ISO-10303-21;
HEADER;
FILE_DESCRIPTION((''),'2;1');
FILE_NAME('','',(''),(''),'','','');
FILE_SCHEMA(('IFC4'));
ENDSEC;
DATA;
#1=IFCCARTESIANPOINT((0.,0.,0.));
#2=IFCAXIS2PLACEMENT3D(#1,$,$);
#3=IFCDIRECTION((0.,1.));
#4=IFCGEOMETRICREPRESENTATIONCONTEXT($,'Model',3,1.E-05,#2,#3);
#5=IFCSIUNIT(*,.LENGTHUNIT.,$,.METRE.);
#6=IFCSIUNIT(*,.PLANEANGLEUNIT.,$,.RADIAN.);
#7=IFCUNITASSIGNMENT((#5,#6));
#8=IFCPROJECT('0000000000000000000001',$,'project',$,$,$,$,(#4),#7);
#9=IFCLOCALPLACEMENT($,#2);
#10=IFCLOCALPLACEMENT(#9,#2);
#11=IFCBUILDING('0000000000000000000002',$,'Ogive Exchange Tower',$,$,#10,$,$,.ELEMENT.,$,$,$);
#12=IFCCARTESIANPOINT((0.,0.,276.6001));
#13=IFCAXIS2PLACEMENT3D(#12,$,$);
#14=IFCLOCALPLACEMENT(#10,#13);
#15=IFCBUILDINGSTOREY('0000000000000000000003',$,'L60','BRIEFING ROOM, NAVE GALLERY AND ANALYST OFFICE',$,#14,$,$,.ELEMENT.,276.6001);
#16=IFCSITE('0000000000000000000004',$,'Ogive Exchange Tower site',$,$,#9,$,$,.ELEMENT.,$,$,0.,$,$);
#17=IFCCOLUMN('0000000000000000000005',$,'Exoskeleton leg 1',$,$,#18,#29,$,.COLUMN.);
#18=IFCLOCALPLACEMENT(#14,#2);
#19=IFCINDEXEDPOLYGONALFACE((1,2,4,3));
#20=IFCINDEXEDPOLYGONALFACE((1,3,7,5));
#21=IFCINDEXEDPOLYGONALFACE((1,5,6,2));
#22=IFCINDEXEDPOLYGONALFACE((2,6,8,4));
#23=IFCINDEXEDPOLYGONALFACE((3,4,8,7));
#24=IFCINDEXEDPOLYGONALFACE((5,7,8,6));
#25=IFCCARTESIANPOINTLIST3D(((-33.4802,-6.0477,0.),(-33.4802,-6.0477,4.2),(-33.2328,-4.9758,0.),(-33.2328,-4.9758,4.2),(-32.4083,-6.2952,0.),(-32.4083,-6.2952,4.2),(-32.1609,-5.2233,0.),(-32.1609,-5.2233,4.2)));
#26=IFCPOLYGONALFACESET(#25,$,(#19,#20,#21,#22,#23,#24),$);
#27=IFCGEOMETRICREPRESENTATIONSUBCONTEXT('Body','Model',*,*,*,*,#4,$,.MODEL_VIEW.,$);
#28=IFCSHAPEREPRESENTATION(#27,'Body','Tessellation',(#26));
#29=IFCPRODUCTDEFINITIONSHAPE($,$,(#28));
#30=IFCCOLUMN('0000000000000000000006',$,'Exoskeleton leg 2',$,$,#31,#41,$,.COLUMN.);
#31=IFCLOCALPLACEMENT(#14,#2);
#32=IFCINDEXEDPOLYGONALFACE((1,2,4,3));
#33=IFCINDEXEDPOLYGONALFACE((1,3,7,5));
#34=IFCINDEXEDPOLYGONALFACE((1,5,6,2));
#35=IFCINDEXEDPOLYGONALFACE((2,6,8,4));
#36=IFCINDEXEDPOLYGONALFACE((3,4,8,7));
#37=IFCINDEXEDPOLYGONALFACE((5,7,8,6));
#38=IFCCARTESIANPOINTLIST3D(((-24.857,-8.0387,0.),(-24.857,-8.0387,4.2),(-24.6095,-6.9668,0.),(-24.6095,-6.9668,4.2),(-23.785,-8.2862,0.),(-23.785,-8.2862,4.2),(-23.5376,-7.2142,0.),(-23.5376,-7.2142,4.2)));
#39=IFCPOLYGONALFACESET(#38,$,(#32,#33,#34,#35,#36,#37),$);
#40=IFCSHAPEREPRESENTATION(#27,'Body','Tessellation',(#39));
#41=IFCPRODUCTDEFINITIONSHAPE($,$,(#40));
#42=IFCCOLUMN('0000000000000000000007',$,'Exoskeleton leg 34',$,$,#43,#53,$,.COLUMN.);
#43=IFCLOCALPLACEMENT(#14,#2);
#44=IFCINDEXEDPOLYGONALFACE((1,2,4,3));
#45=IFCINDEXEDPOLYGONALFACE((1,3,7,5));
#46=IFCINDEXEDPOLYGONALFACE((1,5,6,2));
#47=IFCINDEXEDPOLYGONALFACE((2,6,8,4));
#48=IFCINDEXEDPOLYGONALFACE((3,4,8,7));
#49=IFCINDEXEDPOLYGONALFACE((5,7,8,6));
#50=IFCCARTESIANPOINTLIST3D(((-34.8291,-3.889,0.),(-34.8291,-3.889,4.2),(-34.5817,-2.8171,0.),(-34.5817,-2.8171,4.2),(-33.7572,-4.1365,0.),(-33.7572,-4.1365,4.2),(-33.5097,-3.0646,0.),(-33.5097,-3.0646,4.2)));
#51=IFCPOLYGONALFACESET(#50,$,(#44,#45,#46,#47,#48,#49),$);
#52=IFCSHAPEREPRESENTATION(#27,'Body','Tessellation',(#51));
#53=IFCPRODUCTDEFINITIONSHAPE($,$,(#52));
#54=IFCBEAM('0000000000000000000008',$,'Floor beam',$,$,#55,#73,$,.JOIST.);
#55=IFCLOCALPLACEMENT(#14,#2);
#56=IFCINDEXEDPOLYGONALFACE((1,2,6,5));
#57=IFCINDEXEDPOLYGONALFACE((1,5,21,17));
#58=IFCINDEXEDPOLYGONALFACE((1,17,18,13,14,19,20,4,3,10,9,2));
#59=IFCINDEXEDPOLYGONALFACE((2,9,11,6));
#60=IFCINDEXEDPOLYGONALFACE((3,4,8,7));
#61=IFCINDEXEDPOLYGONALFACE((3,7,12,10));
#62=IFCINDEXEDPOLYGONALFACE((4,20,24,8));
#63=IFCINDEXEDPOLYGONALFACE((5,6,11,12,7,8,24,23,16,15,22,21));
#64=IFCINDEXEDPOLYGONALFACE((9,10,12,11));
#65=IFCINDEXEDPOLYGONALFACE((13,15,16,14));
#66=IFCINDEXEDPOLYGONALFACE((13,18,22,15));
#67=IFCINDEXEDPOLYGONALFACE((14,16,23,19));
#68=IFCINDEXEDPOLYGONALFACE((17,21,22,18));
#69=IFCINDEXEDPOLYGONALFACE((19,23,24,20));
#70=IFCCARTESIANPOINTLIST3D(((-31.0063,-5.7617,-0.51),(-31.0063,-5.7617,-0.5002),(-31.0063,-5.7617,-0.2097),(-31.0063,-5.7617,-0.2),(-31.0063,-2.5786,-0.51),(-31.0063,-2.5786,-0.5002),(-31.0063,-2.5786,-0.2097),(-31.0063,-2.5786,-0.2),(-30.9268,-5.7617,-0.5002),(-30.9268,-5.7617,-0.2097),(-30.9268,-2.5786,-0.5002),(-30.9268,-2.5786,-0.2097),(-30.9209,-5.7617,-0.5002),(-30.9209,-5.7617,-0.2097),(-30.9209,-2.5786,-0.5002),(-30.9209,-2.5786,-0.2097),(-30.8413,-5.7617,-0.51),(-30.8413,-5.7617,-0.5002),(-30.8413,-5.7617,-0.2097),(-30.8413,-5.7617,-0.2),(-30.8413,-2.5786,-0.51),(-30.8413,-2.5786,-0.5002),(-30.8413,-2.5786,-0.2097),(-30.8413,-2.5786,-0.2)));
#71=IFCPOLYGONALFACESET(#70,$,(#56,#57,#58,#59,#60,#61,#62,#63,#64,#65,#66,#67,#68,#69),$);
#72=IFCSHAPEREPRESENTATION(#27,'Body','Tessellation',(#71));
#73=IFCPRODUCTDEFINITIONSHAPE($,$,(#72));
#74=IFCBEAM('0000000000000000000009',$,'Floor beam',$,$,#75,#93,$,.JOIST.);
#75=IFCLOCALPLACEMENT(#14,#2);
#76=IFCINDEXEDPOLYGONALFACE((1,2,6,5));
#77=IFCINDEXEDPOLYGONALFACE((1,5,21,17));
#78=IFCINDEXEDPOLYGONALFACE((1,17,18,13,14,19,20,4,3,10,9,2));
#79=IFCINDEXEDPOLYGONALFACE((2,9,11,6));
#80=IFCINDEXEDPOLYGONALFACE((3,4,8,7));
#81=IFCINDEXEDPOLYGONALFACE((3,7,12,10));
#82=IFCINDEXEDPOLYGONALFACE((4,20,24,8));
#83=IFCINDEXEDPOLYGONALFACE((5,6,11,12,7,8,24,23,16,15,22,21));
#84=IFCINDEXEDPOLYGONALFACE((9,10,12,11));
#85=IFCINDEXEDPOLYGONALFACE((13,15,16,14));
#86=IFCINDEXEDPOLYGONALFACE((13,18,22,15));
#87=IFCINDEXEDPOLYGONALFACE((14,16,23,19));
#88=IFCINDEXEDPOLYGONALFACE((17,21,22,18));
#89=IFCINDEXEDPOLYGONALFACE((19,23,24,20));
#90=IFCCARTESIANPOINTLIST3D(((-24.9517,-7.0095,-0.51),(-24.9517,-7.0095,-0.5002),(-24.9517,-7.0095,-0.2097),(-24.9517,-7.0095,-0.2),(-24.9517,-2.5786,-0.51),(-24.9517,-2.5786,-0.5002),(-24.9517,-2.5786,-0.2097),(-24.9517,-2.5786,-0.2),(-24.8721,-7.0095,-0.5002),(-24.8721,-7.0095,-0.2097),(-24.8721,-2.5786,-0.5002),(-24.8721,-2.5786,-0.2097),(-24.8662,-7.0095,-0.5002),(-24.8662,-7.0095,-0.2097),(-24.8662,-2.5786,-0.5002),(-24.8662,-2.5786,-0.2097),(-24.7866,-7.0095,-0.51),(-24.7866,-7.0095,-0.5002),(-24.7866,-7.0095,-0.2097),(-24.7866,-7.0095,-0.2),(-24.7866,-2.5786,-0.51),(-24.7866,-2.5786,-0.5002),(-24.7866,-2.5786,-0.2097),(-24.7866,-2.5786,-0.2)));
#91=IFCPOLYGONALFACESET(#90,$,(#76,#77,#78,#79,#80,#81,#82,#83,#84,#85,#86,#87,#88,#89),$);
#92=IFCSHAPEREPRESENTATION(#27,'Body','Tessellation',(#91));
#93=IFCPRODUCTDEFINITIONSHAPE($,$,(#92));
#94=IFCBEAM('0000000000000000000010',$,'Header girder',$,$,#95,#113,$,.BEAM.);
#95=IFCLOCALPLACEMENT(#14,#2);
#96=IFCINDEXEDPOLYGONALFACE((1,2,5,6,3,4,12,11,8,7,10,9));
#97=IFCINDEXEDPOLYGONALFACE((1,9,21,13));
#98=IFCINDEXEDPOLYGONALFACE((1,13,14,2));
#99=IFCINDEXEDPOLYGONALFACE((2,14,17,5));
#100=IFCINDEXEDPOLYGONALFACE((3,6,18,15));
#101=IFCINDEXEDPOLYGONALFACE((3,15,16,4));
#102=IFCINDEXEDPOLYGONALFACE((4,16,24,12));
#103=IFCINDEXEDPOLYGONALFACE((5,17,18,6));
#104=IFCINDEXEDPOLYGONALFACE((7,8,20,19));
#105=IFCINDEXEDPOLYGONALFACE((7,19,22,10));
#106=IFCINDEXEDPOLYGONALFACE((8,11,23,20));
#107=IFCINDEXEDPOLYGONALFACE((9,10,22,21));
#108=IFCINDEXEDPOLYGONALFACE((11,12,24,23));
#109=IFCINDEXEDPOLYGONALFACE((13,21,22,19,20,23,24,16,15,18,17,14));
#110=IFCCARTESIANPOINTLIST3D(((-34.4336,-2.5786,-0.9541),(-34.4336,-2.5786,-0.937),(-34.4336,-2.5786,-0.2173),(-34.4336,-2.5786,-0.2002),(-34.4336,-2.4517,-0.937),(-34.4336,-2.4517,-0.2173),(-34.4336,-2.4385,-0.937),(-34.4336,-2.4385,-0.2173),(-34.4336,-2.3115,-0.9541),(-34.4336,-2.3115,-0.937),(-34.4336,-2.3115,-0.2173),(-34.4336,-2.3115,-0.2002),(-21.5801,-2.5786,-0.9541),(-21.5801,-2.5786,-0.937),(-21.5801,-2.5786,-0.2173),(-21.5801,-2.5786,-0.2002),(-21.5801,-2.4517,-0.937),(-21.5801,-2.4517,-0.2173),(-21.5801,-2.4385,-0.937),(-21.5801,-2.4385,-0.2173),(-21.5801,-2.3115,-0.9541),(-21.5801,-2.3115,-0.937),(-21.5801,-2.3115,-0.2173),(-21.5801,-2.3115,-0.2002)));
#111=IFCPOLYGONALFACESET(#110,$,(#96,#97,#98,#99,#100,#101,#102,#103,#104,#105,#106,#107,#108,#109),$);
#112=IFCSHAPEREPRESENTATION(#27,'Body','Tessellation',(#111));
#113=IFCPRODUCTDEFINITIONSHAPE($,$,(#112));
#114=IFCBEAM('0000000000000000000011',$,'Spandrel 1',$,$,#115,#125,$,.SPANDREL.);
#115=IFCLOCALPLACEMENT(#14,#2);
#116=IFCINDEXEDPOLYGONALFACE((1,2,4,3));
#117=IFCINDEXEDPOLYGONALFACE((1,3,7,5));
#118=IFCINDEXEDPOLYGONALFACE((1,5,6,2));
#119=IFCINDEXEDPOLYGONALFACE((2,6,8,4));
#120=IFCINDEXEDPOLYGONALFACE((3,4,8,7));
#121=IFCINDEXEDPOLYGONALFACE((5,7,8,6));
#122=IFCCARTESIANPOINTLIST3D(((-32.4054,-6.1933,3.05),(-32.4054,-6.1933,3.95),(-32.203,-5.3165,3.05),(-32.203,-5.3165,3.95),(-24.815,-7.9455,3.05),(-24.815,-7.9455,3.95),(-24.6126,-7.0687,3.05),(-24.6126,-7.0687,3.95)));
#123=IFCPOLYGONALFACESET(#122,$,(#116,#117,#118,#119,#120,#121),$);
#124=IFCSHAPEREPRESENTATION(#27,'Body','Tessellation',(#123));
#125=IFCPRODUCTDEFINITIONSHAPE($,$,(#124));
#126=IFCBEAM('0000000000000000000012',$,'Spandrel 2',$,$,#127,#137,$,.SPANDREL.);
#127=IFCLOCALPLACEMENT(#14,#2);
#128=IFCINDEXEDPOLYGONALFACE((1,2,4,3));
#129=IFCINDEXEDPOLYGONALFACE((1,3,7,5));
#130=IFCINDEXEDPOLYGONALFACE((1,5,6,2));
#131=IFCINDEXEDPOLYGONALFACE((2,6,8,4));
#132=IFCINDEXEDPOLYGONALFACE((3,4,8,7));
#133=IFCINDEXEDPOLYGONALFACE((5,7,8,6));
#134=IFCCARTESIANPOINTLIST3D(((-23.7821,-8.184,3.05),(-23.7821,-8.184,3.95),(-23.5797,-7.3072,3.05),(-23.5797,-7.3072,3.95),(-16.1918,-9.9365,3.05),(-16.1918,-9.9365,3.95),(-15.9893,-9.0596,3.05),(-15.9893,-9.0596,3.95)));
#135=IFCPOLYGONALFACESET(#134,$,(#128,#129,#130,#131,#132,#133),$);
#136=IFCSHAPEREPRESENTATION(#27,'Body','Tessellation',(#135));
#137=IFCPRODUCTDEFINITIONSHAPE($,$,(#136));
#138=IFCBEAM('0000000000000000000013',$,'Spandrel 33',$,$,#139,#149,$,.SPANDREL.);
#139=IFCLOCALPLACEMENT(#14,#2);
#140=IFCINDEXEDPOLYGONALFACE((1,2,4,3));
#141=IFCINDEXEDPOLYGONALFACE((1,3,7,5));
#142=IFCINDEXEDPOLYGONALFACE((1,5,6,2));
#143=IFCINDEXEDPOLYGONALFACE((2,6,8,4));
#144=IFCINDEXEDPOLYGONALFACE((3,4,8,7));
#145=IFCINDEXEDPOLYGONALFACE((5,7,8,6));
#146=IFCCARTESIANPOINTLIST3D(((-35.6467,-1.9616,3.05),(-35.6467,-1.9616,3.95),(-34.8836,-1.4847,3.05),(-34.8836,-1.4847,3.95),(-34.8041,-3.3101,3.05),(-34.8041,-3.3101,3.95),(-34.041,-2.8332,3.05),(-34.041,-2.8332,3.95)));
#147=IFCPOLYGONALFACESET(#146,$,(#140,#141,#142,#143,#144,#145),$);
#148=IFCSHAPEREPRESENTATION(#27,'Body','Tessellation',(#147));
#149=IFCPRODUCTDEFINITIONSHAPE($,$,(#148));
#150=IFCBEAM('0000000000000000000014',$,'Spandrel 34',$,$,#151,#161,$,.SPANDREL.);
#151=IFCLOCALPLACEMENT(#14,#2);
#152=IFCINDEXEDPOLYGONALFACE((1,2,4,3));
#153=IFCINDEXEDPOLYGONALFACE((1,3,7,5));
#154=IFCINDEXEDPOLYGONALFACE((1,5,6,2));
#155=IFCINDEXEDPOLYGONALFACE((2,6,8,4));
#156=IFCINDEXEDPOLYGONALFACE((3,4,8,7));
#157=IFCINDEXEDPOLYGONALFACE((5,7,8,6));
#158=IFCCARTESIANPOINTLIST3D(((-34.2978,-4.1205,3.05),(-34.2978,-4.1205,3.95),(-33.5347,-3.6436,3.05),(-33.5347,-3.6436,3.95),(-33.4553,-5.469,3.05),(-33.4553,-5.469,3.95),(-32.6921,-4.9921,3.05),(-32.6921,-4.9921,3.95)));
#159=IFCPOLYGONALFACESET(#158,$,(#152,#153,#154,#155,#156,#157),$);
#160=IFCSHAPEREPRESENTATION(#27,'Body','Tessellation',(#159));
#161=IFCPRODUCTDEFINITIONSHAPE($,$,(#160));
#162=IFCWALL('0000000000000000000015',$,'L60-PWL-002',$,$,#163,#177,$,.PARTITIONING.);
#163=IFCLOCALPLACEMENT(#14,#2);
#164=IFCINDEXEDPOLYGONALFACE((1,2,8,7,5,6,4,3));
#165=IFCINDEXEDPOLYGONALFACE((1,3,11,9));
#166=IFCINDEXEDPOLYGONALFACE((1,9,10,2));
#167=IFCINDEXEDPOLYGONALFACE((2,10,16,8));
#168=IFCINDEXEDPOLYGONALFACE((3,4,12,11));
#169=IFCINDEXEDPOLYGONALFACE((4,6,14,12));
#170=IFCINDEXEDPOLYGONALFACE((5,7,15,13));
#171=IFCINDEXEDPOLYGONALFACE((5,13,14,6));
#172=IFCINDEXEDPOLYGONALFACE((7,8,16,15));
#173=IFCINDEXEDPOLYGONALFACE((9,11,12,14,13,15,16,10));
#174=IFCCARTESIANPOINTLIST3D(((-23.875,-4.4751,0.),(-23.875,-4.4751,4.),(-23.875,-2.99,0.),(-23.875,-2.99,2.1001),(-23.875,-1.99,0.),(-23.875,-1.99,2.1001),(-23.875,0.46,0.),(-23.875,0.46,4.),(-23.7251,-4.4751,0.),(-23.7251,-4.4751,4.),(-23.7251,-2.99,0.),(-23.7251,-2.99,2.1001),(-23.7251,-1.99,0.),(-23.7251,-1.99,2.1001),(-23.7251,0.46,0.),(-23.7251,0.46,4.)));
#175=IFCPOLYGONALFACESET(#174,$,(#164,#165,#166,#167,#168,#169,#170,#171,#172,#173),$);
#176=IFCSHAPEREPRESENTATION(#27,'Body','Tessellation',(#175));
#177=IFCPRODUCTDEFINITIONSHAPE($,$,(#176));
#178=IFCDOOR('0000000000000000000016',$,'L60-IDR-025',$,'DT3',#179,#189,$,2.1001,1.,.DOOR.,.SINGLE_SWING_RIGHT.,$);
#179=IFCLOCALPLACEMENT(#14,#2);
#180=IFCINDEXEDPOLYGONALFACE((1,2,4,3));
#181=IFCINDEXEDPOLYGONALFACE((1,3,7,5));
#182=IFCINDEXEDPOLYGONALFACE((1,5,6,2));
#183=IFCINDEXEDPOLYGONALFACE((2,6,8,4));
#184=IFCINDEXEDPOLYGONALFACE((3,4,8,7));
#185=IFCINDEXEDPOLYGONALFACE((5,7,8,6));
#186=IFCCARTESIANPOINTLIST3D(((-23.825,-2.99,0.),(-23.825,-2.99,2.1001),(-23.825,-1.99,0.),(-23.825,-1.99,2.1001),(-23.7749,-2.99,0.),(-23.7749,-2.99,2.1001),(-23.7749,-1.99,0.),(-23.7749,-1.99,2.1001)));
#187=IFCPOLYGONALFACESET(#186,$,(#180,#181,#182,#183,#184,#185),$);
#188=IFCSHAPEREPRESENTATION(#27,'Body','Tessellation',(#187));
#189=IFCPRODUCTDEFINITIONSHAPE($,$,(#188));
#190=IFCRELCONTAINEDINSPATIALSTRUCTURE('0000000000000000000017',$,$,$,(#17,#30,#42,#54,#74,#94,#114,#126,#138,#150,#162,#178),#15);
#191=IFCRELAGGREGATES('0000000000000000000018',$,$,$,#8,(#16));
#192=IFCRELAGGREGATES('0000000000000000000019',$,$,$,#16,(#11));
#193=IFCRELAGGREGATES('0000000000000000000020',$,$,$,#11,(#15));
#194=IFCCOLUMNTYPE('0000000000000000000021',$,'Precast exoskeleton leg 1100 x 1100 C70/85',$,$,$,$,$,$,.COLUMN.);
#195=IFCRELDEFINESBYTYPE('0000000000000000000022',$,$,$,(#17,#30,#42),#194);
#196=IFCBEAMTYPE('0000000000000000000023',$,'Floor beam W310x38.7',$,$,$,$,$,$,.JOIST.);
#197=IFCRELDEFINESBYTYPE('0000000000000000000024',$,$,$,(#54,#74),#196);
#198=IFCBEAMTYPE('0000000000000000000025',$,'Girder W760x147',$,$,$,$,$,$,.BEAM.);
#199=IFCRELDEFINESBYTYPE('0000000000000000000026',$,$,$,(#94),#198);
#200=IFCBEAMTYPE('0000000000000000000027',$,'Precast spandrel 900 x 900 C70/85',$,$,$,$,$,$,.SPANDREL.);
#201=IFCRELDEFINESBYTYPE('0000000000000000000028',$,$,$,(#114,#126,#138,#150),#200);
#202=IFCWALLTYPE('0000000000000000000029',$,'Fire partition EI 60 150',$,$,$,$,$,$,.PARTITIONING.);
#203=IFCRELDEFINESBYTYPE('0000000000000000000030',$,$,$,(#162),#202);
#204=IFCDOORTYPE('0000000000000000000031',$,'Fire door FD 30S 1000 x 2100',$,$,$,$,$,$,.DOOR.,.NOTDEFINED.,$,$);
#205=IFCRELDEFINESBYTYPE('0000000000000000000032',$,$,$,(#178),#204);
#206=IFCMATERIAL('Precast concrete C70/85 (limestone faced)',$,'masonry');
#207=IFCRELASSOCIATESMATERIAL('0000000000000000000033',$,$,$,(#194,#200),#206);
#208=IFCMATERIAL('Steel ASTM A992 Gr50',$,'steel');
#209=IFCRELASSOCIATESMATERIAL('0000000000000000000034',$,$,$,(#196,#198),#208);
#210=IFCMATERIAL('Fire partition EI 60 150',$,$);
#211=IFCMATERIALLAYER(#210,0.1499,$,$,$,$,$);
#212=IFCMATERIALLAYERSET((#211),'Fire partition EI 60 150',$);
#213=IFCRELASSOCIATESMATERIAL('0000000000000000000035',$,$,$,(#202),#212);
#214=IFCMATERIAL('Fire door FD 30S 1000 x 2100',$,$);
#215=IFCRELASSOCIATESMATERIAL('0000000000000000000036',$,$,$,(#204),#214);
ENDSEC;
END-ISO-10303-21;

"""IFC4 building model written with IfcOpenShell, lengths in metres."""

from ifc_helpers import new_model, si_unit, direction, frame, frame_2d, origin, origin_2d, place, context, subcontext, project, spatial, rectangle, i_section, extrude, material, layer, layer_set, material_profile, profile_set, type_object, element, fill, save


model = new_model("IFC4")

# Units and contexts
model_context = context("Model", 3, precision=1e-05, world=origin(), true_north=direction((0.0, 1.0)))
body_context = subcontext(model_context, "Body", "Model", "MODEL_VIEW")
ifc_project = project(units=[si_unit("LENGTHUNIT", "METRE"), si_unit("PLANEANGLEUNIT", "RADIAN")], contexts=[model_context])

# Site, building, storey
site_placement = place(None, origin())
site = spatial("IfcSite", under=ifc_project, at=site_placement, Name="Ogive Exchange Tower site", CompositionType="ELEMENT", RefElevation=0.0)
building_placement = place(site_placement, origin())
building = spatial("IfcBuilding", under=site, at=building_placement, Name="Ogive Exchange Tower", CompositionType="ELEMENT")
storey_placement = place(building_placement, frame((0.0, 0.0, 276.6001)))
storey = spatial("IfcBuildingStorey", under=building, at=storey_placement, Name="L60", Description="BRIEFING ROOM, NAVE GALLERY AND ANALYST OFFICE", CompositionType="ELEMENT", Elevation=276.6001)

# Columns
ifc_material_1 = material(Name="Precast concrete C70/85 (limestone faced)", Category="masonry")
ifc_material_profile_1 = material_profile(ifc_material_1, rectangle(XDim=1.1001, YDim=1.1001, at=origin_2d()), Name="1100 x 1100")
ifc_profile_set_1 = profile_set([ifc_material_profile_1], Name="Precast concrete C70/85 (limestone faced)")
column_type = type_object("IfcColumnType", Name="Precast exoskeleton leg 1100 x 1100 C70/85", PredefinedType="COLUMN", material=ifc_profile_set_1)
for number, where, z_axis, x_axis, name in (
    (1, (-32.8206, -5.6355, 0.0), (0.0, 0.0, 1.0), (0.97437, -0.224951, 0.0), "Exoskeleton leg 1"),
    (2, (-24.1973, -7.6265, 0.0), (0.0, 0.0, 1.0), (0.97437, -0.224951, 0.0), "Exoskeleton leg 2"),
    (3, (-34.1694, -3.4768, 0.0), (0.0, 0.0, 1.0), (0.97437, -0.224951, 0.0), "Exoskeleton leg 34"),
):
    element("IfcColumn", number, at=place(storey_placement, frame(where, z_axis=z_axis, x_axis=x_axis)), inside=storey, type_object=column_type, Name=name, PredefinedType="COLUMN", context=body_context, shape_type="SweptSolid", body=[
        extrude(rectangle(XDim=1.1001, YDim=1.1001, at=origin_2d()), origin(), (0.0, 0.0, 1.0), 4.2),
    ])

# Beams
ifc_material_2 = material(Name="Steel ASTM A992 Gr50", Category="steel")
ifc_material_profile_2 = material_profile(ifc_material_2, i_section(OverallWidth=0.165, OverallDepth=0.3101, WebThickness=0.0059, FlangeThickness=0.0098, at=origin_2d()), Name="W310x38.7")
ifc_profile_set_2 = profile_set([ifc_material_profile_2], Name="Steel ASTM A992 Gr50")
beam_type_1 = type_object("IfcBeamType", Name="Floor beam W310x38.7", PredefinedType="JOIST", material=ifc_profile_set_2)
beam_1_placement = place(storey_placement, frame((-30.9238, -5.7617, -0.355), z_axis=(0.0, 1.0, 0.0), x_axis=(-1.0, 0.0, 0.0)))
element("IfcBeam", 4, at=beam_1_placement, inside=storey, type_object=beam_type_1, Name="Floor beam", PredefinedType="JOIST", context=body_context, shape_type="SweptSolid", body=[
    extrude(i_section(OverallWidth=0.165, OverallDepth=0.3101, WebThickness=0.0059, FlangeThickness=0.0098, at=origin_2d()), origin(), (0.0, 0.0, 1.0), 3.1831),
])
beam_2_placement = place(storey_placement, frame((-24.8691, -7.0095, -0.355), z_axis=(0.0, 1.0, 0.0), x_axis=(-1.0, 0.0, 0.0)))
element("IfcBeam", 5, at=beam_2_placement, inside=storey, type_object=beam_type_1, Name="Floor beam", PredefinedType="JOIST", context=body_context, shape_type="SweptSolid", body=[
    extrude(i_section(OverallWidth=0.165, OverallDepth=0.3101, WebThickness=0.0059, FlangeThickness=0.0098, at=origin_2d()), origin(), (0.0, 0.0, 1.0), 4.4309),
])
ifc_material_profile_3 = material_profile(ifc_material_2, i_section(OverallWidth=0.2671, OverallDepth=0.7539, WebThickness=0.0132, FlangeThickness=0.0171, at=origin_2d()), Name="W760x147")
ifc_profile_set_3 = profile_set([ifc_material_profile_3], Name="Steel ASTM A992 Gr50")
beam_type_2 = type_object("IfcBeamType", Name="Girder W760x147", PredefinedType="BEAM", material=ifc_profile_set_3)
beam_3_placement = place(storey_placement, frame((-34.4336, -2.4451, -0.5771), z_axis=(1.0, 0.0, 0.0), x_axis=(0.0, 1.0, 0.0)))
element("IfcBeam", 6, at=beam_3_placement, inside=storey, type_object=beam_type_2, Name="Header girder", PredefinedType="BEAM", context=body_context, shape_type="SweptSolid", body=[
    extrude(i_section(OverallWidth=0.2671, OverallDepth=0.7539, WebThickness=0.0132, FlangeThickness=0.0171, at=origin_2d()), origin(), (0.0, 0.0, 1.0), 12.8535),
])
ifc_material_profile_4 = material_profile(ifc_material_1, rectangle(XDim=0.8999, YDim=0.8999, at=origin_2d()), Name="900 x 900")
ifc_profile_set_4 = profile_set([ifc_material_profile_4], Name="Precast concrete C70/85 (limestone faced)")
beam_type_3 = type_object("IfcBeamType", Name="Precast spandrel 900 x 900 C70/85", PredefinedType="SPANDREL", material=ifc_profile_set_4)
for number, where, z_axis, x_axis, name in (
    (7, (-32.3042, -5.7549, 3.5), (0.974375, -0.22493, 0.0), (0.22493, 0.974375, 0.0), "Spandrel 1"),
    (8, (-23.6809, -7.7456, 3.5), (0.974368, -0.22496, 0.0), (0.22496, 0.974368, 0.0), "Spandrel 2"),
):
    element("IfcBeam", number, at=place(storey_placement, frame(where, z_axis=z_axis, x_axis=x_axis)), inside=storey, type_object=beam_type_3, Name=name, PredefinedType="SPANDREL", context=body_context, shape_type="SweptSolid", body=[
        extrude(rectangle(XDim=0.8999, YDim=0.8999, at=origin_2d()), origin(), (0.0, 0.0, 1.0), 7.79),
    ])
for number, where, z_axis, x_axis, name in (
    (9, (-35.2651, -1.7231, 3.5), (0.529902, -0.848059, 0.0), (0.848059, 0.529902, 0.0), "Spandrel 33"),
    (10, (-33.9163, -3.8821, 3.5), (0.529902, -0.848059, 0.0), (0.848059, 0.529902, 0.0), "Spandrel 34"),
):
    element("IfcBeam", number, at=place(storey_placement, frame(where, z_axis=z_axis, x_axis=x_axis)), inside=storey, type_object=beam_type_3, Name=name, PredefinedType="SPANDREL", context=body_context, shape_type="SweptSolid", body=[
        extrude(rectangle(XDim=0.8999, YDim=0.8999, at=origin_2d()), origin(), (0.0, 0.0, 1.0), 1.5901),
    ])

# Wall, opening, door
ifc_material_3 = material(Name="Fire partition EI 60 150")
ifc_layer_1 = layer(ifc_material_3, 0.1499)
ifc_layer_set_1 = layer_set([ifc_layer_1], Name="Fire partition EI 60 150")
wall_type_1 = type_object("IfcWallType", Name="Fire partition EI 60 150", PredefinedType="PARTITIONING", material=ifc_layer_set_1)
wall_1_placement = place(storey_placement, frame((-23.8, -4.4751, 0.0), z_axis=(0.0, 0.0, 1.0), x_axis=(0.0, 1.0, 0.0)))
wall_1 = element("IfcWall", 11, at=wall_1_placement, inside=storey, type_object=wall_type_1, Name="L60-PWL-002", PredefinedType="PARTITIONING", context=body_context, shape_type="SweptSolid", body=[
    extrude(rectangle(XDim=4.9351, YDim=0.1499, at=frame_2d((2.4675, 0.0))), origin(), (0.0, 0.0, 1.0), 4.0),
])
opening_1_placement = place(wall_1_placement, frame((1.4851, 0.0, 0.0)))
opening_1 = element("IfcOpeningElement", 12, at=opening_1_placement, cuts=wall_1, PredefinedType="OPENING", context=body_context, shape_type="SweptSolid", body=[
    extrude(rectangle(XDim=1.0, YDim=2.1001, at=frame_2d((0.5, 1.05))), frame((0.0, 0.085, 0.0), z_axis=(0.0, -1.0, 0.0), x_axis=(1.0, 0.0, 0.0)), (0.0, 0.0, 1.0), 0.1699),
])
ifc_material_4 = material(Name="Fire door FD 30S 1000 x 2100")
door_type_1 = type_object("IfcDoorType", Name="Fire door FD 30S 1000 x 2100", OperationType="NOTDEFINED", PredefinedType="DOOR", material=ifc_material_4)
door_1_placement = place(opening_1_placement, origin())
door_1 = element("IfcDoor", 13, at=door_1_placement, inside=storey, type_object=door_type_1, Name="L60-IDR-025", ObjectType="DT3", OperationType="SINGLE_SWING_RIGHT", OverallHeight=2.1001, OverallWidth=1.0, PredefinedType="DOOR", context=body_context, shape_type="SweptSolid", body=[
    extrude(rectangle(XDim=1.0, YDim=2.1001, at=frame_2d((0.5, 1.05))), frame((0.0, 0.0249, 0.0), z_axis=(0.0, -1.0, 0.0), x_axis=(1.0, 0.0, 0.0)), (0.0, 0.0, 1.0), 0.05),
])
fill(opening_1, door_1)

save(model, "model.ifc")
